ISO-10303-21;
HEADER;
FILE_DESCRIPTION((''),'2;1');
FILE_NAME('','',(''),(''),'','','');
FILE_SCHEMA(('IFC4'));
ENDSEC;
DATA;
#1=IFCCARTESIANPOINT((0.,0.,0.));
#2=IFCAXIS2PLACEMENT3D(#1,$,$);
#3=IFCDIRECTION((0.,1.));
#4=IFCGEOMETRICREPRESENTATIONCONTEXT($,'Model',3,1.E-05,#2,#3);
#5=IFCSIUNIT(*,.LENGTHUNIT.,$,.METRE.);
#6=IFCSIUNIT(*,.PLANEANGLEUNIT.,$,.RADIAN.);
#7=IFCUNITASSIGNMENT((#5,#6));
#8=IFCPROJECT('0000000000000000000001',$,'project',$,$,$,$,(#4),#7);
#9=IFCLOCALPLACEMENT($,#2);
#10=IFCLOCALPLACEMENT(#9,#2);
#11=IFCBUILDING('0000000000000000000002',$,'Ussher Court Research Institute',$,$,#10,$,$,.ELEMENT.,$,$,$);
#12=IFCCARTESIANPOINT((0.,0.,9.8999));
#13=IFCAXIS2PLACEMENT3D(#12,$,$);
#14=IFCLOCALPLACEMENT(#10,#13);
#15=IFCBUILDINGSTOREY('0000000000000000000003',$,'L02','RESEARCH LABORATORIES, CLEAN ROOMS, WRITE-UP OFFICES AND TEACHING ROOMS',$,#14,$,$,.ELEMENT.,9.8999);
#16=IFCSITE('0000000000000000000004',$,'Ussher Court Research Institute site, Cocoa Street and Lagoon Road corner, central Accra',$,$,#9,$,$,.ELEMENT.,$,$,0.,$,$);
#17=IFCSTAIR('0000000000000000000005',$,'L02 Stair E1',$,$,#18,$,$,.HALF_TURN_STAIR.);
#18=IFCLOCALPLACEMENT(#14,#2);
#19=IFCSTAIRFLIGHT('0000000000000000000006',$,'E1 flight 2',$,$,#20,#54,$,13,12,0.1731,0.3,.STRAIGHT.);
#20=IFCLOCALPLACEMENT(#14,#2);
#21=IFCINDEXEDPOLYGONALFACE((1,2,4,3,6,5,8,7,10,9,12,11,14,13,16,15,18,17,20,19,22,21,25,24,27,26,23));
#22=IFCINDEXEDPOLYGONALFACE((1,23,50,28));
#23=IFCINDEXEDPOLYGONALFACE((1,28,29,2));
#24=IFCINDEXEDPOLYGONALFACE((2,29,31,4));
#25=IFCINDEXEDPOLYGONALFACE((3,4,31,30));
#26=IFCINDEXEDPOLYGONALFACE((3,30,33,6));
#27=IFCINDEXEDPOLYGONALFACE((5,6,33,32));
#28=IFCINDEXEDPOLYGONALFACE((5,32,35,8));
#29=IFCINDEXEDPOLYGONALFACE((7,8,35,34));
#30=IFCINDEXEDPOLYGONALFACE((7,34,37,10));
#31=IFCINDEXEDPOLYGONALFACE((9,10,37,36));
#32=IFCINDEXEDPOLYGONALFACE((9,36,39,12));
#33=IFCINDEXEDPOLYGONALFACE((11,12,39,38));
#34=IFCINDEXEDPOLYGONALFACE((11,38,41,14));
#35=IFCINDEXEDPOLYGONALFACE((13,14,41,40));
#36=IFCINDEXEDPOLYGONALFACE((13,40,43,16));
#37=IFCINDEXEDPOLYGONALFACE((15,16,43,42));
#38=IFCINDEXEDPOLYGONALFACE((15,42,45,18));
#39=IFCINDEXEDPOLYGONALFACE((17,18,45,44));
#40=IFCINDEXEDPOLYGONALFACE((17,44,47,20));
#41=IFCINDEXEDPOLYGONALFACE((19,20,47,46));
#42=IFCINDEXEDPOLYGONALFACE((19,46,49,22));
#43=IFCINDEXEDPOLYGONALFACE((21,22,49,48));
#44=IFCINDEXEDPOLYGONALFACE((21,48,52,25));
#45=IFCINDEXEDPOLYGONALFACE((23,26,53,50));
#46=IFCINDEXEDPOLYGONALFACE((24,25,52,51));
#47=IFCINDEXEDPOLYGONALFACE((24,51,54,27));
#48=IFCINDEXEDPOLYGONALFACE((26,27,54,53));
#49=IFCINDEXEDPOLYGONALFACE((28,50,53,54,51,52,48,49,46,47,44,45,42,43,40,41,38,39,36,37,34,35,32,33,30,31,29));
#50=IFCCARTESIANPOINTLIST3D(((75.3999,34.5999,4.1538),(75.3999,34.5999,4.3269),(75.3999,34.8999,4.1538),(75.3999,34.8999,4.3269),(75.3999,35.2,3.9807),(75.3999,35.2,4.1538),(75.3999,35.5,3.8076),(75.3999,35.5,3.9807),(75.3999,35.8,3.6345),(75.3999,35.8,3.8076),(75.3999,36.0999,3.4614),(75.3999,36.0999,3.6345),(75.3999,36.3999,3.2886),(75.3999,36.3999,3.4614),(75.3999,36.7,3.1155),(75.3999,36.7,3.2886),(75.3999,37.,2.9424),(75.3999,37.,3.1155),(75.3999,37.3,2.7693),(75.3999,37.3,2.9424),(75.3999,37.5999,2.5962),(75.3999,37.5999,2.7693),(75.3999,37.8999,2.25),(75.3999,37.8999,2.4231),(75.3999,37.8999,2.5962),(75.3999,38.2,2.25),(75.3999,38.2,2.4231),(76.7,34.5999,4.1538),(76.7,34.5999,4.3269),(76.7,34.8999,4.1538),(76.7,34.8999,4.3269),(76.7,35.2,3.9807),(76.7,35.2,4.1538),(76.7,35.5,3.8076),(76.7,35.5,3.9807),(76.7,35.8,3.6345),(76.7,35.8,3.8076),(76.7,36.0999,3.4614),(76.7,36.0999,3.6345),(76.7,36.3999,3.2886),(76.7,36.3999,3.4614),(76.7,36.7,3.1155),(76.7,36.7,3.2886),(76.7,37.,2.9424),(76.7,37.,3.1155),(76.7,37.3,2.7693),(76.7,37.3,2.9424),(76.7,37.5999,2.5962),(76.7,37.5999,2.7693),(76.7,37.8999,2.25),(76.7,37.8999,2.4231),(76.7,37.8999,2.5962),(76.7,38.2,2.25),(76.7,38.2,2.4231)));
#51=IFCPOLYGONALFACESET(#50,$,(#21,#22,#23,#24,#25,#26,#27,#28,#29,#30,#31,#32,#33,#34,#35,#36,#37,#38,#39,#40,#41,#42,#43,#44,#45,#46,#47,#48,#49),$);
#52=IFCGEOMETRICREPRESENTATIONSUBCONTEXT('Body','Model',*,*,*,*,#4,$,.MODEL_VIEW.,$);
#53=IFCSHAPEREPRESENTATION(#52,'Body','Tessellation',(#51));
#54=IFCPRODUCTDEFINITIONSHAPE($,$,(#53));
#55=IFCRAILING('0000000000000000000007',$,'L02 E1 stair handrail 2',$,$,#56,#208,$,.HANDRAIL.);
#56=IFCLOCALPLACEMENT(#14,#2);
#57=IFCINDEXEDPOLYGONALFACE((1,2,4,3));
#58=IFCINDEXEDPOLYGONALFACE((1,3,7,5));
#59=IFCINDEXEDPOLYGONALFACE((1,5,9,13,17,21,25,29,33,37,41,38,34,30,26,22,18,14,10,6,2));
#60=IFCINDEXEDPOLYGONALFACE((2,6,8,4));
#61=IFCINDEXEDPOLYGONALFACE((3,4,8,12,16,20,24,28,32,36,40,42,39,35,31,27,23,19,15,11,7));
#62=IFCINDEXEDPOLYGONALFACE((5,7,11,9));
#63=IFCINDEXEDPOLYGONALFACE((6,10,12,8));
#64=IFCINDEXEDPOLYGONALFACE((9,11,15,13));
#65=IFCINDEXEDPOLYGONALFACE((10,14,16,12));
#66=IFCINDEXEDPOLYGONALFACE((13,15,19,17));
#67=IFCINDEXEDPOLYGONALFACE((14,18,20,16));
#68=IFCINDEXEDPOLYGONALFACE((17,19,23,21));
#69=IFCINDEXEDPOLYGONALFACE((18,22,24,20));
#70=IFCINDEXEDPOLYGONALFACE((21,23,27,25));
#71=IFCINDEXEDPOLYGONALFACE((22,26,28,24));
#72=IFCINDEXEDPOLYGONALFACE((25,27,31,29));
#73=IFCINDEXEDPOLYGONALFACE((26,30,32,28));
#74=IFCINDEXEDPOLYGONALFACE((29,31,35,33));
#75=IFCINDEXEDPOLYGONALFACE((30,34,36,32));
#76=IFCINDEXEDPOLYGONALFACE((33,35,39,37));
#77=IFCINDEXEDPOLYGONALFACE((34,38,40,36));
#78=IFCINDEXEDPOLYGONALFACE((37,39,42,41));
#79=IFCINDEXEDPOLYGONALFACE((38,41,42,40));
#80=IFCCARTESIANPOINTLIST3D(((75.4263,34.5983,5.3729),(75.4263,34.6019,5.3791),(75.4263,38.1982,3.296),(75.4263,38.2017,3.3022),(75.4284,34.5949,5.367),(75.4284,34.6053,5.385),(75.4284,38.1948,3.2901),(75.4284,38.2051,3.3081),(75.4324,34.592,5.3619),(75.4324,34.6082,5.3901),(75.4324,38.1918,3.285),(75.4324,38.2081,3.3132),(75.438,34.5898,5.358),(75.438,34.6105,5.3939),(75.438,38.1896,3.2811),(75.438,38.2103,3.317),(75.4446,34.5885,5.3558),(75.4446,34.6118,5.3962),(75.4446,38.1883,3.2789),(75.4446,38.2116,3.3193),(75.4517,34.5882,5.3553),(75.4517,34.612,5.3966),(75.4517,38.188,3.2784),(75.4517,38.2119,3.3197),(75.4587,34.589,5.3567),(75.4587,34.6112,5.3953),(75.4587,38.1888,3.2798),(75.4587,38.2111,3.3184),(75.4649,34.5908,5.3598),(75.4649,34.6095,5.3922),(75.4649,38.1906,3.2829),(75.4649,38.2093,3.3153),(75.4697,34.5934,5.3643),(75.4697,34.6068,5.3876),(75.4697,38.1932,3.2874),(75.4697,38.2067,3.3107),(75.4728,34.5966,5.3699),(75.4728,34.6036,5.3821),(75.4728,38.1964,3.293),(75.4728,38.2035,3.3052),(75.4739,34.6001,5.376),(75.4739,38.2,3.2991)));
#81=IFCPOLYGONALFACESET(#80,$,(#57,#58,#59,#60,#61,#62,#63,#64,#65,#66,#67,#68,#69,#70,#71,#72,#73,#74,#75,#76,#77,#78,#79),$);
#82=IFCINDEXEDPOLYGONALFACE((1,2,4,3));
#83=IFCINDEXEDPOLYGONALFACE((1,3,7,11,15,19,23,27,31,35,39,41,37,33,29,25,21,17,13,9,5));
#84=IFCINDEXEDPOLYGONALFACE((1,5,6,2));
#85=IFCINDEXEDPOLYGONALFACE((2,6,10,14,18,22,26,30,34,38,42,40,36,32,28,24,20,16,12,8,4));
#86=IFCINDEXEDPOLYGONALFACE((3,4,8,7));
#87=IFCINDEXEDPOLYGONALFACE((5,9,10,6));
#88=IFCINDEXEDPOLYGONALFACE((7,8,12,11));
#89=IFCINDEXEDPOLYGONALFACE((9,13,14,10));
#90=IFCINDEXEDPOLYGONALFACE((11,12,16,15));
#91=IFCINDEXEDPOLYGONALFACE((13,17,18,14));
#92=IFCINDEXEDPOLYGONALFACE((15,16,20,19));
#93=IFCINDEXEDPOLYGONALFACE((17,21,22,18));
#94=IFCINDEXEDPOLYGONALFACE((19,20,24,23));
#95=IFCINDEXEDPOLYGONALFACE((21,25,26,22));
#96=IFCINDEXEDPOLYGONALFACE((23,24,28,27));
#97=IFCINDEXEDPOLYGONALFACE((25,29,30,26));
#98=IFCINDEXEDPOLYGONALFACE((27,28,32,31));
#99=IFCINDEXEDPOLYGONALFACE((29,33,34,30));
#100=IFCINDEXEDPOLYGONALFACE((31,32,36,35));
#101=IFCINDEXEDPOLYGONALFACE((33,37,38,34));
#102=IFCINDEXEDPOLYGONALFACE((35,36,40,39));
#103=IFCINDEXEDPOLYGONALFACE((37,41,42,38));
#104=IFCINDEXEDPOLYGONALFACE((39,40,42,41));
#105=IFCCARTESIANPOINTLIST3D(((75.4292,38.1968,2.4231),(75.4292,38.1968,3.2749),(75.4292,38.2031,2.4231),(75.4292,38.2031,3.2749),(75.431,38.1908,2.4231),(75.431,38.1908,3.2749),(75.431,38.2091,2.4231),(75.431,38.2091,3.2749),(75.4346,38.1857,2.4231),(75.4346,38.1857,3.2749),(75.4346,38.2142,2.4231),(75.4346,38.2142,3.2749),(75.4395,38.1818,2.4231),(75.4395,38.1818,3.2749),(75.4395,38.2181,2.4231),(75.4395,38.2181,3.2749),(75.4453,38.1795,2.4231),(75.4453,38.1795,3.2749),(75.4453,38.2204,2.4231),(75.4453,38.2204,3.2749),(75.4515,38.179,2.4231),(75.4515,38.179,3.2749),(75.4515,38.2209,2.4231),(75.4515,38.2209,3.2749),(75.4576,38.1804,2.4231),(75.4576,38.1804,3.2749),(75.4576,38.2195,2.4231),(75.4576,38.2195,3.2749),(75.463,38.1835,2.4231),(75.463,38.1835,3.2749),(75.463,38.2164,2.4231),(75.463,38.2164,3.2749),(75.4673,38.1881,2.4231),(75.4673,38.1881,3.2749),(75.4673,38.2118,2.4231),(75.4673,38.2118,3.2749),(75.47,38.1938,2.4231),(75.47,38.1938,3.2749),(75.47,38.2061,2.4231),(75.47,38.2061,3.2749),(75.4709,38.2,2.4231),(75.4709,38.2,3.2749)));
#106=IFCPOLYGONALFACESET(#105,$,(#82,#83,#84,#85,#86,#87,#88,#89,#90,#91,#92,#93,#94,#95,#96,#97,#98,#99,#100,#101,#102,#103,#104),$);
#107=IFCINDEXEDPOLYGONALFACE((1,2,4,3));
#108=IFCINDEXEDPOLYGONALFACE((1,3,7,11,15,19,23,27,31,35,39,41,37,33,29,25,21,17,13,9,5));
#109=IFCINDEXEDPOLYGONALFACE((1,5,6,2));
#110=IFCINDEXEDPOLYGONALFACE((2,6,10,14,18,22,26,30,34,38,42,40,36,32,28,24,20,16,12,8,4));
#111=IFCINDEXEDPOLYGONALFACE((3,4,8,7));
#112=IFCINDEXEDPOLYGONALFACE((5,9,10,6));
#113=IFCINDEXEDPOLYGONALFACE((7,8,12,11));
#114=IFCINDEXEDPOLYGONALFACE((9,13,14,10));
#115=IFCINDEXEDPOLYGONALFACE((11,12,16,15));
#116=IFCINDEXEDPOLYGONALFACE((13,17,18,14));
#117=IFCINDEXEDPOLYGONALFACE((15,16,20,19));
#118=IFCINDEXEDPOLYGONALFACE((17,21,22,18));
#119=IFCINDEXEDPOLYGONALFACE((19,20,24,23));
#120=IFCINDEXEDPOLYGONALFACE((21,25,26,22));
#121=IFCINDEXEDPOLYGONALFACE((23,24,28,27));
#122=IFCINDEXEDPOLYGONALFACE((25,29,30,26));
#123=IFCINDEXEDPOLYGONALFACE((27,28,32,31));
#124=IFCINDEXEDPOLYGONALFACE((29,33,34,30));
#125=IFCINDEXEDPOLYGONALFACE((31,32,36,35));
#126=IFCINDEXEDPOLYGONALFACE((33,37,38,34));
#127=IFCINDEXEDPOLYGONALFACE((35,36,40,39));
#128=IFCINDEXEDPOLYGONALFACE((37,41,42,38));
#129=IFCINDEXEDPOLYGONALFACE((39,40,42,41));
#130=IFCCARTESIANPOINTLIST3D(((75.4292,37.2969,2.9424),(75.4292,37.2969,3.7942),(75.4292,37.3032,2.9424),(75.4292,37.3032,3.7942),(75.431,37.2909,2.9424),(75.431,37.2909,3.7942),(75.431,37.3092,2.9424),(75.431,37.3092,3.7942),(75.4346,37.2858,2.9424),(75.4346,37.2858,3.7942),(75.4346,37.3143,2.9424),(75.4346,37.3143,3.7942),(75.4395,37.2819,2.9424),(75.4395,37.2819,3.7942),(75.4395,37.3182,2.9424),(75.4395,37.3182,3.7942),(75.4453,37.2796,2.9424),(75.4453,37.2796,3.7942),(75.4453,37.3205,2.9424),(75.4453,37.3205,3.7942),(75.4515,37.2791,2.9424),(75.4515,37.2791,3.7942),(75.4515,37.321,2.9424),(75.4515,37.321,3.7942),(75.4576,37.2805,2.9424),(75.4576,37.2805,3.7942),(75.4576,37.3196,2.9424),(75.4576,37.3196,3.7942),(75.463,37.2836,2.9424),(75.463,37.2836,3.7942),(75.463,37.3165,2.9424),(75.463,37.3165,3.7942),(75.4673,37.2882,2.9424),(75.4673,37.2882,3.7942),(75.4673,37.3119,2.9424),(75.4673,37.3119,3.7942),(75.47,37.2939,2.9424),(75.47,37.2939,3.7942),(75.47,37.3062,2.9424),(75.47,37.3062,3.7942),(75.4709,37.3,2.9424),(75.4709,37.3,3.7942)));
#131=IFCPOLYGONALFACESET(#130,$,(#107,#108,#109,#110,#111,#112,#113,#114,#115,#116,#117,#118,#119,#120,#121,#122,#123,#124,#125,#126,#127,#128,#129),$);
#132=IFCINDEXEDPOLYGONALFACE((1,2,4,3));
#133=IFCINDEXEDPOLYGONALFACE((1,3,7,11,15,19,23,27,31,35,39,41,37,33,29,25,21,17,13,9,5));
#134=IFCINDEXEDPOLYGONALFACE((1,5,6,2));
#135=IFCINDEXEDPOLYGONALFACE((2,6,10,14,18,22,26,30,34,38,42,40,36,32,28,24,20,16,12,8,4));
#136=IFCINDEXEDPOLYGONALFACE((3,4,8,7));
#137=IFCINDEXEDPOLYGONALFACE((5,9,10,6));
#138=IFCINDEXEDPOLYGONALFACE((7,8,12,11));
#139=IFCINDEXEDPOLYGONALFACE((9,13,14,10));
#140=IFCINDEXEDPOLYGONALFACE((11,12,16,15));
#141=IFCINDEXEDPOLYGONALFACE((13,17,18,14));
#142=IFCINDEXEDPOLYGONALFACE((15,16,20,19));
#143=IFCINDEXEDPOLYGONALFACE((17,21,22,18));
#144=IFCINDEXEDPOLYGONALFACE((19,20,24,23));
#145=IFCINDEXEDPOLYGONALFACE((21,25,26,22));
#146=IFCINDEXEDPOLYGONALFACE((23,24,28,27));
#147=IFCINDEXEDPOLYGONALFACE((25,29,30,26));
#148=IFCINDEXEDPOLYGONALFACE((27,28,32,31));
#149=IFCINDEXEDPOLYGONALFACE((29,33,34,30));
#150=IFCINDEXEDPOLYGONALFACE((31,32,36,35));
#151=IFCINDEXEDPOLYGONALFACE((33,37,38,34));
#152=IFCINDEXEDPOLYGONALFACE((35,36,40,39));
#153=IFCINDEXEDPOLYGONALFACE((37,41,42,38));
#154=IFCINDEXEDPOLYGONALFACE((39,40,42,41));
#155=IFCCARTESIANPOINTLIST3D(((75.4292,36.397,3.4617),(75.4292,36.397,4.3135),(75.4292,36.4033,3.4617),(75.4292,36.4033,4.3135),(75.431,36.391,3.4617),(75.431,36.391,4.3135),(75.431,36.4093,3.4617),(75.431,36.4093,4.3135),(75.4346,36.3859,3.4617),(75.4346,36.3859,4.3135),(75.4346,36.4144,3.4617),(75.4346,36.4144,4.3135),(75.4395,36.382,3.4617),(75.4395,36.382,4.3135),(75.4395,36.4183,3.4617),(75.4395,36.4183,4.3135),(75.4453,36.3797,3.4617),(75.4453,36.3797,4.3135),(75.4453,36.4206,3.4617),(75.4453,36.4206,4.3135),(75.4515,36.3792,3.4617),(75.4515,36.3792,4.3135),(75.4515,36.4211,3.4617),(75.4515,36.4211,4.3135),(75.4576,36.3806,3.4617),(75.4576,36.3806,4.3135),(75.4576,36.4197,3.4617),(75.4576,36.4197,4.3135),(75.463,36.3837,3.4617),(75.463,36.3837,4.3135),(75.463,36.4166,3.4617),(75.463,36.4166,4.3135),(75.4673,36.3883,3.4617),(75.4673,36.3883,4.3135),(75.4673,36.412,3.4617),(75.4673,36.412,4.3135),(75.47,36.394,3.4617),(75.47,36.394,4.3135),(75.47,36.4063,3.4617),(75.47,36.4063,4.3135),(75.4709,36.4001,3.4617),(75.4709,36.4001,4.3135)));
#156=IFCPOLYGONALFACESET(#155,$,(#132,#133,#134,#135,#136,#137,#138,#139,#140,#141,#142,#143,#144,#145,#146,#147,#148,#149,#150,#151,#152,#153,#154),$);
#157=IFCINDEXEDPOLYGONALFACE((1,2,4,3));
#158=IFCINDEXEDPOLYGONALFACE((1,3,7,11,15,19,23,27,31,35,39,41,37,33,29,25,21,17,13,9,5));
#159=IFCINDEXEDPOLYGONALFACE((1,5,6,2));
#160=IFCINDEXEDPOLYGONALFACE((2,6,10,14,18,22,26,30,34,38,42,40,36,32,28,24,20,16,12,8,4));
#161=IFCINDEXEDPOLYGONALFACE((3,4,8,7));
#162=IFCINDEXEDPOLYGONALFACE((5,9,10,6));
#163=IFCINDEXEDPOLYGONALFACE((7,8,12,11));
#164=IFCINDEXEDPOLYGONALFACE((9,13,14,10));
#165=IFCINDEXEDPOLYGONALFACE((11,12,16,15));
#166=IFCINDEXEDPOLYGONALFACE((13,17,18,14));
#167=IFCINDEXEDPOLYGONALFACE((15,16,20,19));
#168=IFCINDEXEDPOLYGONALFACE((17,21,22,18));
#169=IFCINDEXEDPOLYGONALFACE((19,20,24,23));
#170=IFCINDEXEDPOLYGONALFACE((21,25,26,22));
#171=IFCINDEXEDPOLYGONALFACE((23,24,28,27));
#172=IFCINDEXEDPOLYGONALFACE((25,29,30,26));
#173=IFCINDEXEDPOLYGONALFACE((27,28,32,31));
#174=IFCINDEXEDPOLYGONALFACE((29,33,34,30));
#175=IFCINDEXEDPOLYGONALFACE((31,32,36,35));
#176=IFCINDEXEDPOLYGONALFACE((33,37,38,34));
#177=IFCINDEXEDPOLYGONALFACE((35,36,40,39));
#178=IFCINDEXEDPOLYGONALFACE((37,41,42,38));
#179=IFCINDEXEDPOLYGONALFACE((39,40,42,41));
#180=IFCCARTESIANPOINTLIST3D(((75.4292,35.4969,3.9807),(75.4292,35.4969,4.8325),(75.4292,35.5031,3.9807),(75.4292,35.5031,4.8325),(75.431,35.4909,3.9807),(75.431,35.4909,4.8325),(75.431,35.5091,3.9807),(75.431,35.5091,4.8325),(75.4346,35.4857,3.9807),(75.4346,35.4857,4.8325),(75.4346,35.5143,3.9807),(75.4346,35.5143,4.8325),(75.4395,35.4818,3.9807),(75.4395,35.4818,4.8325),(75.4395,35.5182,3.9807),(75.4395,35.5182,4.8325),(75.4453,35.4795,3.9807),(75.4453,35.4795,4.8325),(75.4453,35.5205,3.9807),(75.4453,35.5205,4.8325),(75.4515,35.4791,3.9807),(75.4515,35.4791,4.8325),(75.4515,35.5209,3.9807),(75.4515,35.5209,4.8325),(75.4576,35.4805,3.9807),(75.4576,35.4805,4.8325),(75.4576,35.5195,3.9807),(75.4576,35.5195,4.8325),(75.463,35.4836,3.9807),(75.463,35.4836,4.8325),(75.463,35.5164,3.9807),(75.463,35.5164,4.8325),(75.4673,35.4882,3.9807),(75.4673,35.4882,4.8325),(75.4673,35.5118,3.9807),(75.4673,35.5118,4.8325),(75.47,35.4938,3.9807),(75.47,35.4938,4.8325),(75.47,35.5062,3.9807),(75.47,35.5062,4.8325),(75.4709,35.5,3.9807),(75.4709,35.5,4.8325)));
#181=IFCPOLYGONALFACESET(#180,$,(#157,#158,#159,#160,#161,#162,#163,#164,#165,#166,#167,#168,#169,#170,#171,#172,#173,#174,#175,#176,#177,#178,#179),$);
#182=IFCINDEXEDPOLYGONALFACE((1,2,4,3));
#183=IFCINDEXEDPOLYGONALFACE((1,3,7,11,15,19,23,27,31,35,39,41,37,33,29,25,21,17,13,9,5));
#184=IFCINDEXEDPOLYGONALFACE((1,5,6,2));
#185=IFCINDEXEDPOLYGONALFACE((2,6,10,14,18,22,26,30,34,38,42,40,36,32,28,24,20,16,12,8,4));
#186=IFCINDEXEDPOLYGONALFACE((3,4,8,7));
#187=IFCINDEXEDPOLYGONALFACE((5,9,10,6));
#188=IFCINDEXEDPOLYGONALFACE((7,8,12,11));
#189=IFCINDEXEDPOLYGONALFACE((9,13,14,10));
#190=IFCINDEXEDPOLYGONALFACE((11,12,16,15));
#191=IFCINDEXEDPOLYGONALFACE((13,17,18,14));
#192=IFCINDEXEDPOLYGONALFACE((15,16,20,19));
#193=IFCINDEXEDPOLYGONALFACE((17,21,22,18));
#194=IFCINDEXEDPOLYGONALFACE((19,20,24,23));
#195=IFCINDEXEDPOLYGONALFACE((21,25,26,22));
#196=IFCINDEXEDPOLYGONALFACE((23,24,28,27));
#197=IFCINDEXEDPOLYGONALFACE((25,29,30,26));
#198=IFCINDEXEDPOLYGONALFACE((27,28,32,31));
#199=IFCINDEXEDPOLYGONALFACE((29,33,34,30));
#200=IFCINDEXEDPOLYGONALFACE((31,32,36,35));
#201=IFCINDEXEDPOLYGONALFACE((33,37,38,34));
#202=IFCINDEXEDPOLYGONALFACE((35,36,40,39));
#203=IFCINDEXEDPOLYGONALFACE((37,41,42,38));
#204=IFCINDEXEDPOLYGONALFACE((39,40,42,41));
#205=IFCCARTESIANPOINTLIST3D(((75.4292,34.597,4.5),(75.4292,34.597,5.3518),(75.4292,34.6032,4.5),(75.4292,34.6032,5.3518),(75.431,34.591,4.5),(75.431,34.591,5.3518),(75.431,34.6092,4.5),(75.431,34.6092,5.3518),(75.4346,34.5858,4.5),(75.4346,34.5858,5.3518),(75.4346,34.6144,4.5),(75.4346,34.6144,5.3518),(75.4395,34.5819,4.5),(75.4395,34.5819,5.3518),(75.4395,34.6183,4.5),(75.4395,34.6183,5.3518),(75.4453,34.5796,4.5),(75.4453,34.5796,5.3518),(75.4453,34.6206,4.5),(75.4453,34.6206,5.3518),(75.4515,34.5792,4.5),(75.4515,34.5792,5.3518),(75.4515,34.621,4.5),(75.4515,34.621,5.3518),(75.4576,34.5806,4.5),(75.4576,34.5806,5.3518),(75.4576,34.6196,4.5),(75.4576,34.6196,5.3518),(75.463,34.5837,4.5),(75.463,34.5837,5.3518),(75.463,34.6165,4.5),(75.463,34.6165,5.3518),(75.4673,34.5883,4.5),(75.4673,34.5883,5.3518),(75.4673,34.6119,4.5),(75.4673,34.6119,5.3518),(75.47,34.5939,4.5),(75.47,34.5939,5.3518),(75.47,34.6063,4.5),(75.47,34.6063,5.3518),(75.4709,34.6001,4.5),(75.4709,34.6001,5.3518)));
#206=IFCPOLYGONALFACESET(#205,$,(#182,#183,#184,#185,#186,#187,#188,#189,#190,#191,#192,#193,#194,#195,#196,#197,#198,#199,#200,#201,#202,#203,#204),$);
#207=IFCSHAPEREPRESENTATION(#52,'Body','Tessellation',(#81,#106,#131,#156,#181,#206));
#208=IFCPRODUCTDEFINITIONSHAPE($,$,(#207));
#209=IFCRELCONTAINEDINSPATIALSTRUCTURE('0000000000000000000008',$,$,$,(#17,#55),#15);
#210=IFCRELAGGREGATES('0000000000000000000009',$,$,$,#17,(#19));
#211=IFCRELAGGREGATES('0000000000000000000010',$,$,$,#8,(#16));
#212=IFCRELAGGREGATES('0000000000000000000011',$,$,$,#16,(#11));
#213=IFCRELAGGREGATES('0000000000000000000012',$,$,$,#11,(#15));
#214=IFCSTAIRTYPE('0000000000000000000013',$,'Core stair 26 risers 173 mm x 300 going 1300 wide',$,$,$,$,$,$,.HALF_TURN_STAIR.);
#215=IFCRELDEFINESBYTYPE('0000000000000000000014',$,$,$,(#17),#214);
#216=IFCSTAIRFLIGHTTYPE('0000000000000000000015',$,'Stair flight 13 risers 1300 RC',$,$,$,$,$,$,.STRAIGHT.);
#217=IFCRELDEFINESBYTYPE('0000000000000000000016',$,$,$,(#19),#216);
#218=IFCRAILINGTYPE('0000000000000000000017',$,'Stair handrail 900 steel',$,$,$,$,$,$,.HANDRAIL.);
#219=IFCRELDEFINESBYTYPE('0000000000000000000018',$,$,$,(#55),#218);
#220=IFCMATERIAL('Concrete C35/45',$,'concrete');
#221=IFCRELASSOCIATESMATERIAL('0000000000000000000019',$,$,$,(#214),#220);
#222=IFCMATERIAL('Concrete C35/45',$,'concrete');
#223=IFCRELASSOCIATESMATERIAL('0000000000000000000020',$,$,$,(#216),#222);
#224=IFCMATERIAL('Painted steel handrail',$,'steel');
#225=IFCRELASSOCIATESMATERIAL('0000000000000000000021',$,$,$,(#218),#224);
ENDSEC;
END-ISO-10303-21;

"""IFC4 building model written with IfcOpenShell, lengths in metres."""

from ifc_helpers import new_model, si_unit, direction, frame, origin, origin_2d, place, context, subcontext, project, spatial, polyline, circle, outline, extrude, material, type_object, element, aggregate, save


model = new_model("IFC4")

# Units and contexts
model_context = context("Model", 3, precision=1e-05, world=origin(), true_north=direction((0.0, 1.0)))
body_context = subcontext(model_context, "Body", "Model", "MODEL_VIEW")
ifc_project = project(units=[si_unit("LENGTHUNIT", "METRE"), si_unit("PLANEANGLEUNIT", "RADIAN")], contexts=[model_context])

# Site, building, storey
site_placement = place(None, origin())
site = spatial("IfcSite", under=ifc_project, at=site_placement, Name="Ussher Court Research Institute site, Cocoa Street and Lagoon Road corner, central Accra", CompositionType="ELEMENT", RefElevation=0.0)
building_placement = place(site_placement, origin())
building = spatial("IfcBuilding", under=site, at=building_placement, Name="Ussher Court Research Institute", CompositionType="ELEMENT")
storey_placement = place(building_placement, frame((0.0, 0.0, 9.8999)))
storey = spatial("IfcBuildingStorey", under=building, at=storey_placement, Name="L02", Description="RESEARCH LABORATORIES, CLEAN ROOMS, WRITE-UP OFFICES AND TEACHING ROOMS", CompositionType="ELEMENT", Elevation=9.8999)

# Stair, stair flight
ifc_material_1 = material(Name="Concrete C35/45", Category="concrete")
stair_type = type_object("IfcStairType", Name="Core stair 26 risers 173 mm x 300 going 1300 wide", PredefinedType="HALF_TURN_STAIR", material=ifc_material_1)
stair_placement = place(storey_placement, origin())
stair = element("IfcStair", 1, at=stair_placement, inside=storey, type_object=stair_type, Name="L02 Stair E1", PredefinedType="HALF_TURN_STAIR")
ifc_material_2 = material(Name="Concrete C35/45", Category="concrete")
stair_flight_type = type_object("IfcStairFlightType", Name="Stair flight 13 risers 1300 RC", PredefinedType="STRAIGHT", material=ifc_material_2)
stair_flight_placement = place(storey_placement, frame((76.05, 38.2, 2.25), z_axis=(0.0, 0.0, 1.0), x_axis=(0.0, -1.0, 0.0)))
stair_flight = element("IfcStairFlight", 2, at=stair_flight_placement, type_object=stair_flight_type, Name="E1 flight 2", NumberOfRisers=13, NumberOfTreads=12, PredefinedType="STRAIGHT", RiserHeight=0.1731, TreadLength=0.3, context=body_context, shape_type="SweptSolid", body=[
    extrude(outline(polyline([(0.0, 0.0), (0.0, 0.1731), (0.3, 0.1731), (0.3, 0.3462), (0.6001, 0.3462), (0.6001, 0.5193), (0.8999, 0.5193), (0.8999, 0.6924), (1.2, 0.6924), (1.2, 0.8655), (1.5, 0.8655), (1.5, 1.0386), (1.8, 1.0386), (1.8, 1.2114), (2.1001, 1.2114), (2.1001, 1.3845), (2.3999, 1.3845), (2.3999, 1.5576), (2.7, 1.5576), (2.7, 1.7307), (3.0, 1.7307), (3.0, 1.9038), (3.3, 1.9038), (3.3, 2.0769), (3.6001, 2.0769), (3.6001, 2.25), (3.6001, 1.9038), (0.3, 0.0), (0.0, 0.0)])), frame((0.0, 0.6499, 0.0), z_axis=(0.0, -1.0, 0.0), x_axis=(1.0, 0.0, 0.0)), (0.0, 0.0, 1.0), 1.3),
])
aggregate(stair, [stair_flight])

# Railing
ifc_material_3 = material(Name="Painted steel handrail", Category="steel")
railing_type = type_object("IfcRailingType", Name="Stair handrail 900 steel", PredefinedType="HANDRAIL", material=ifc_material_3)
railing_placement = place(storey_placement, frame((75.45, 38.2, 2.4231)))
element("IfcRailing", 3, at=railing_placement, inside=storey, type_object=railing_type, Name="L02 E1 stair handrail 2", PredefinedType="HANDRAIL", context=body_context, shape_type="SweptSolid", body=[
    extrude(circle(Radius=0.0239, at=origin_2d()), frame((0.0, 0.0, 0.876), z_axis=(0.0, -0.866179, 0.499734), x_axis=(1.0, 0.0, 0.0)), (0.0, 0.0, 1.0), 4.156),
    extrude(circle(Radius=0.021, at=origin_2d()), origin(), (0.0, 0.0, 1.0), 0.8518),
    extrude(circle(Radius=0.021, at=origin_2d()), frame((0.0, -0.8999, 0.5193)), (0.0, 0.0, 1.0), 0.8518),
    extrude(circle(Radius=0.021, at=origin_2d()), frame((0.0, -1.7998, 1.0386)), (0.0, 0.0, 1.0), 0.8518),
    extrude(circle(Radius=0.021, at=origin_2d()), frame((0.0, -2.7, 1.5576)), (0.0, 0.0, 1.0), 0.8518),
    extrude(circle(Radius=0.021, at=origin_2d()), frame((0.0, -3.5999, 2.0769)), (0.0, 0.0, 1.0), 0.8518),
])

save(model, "model.ifc")
